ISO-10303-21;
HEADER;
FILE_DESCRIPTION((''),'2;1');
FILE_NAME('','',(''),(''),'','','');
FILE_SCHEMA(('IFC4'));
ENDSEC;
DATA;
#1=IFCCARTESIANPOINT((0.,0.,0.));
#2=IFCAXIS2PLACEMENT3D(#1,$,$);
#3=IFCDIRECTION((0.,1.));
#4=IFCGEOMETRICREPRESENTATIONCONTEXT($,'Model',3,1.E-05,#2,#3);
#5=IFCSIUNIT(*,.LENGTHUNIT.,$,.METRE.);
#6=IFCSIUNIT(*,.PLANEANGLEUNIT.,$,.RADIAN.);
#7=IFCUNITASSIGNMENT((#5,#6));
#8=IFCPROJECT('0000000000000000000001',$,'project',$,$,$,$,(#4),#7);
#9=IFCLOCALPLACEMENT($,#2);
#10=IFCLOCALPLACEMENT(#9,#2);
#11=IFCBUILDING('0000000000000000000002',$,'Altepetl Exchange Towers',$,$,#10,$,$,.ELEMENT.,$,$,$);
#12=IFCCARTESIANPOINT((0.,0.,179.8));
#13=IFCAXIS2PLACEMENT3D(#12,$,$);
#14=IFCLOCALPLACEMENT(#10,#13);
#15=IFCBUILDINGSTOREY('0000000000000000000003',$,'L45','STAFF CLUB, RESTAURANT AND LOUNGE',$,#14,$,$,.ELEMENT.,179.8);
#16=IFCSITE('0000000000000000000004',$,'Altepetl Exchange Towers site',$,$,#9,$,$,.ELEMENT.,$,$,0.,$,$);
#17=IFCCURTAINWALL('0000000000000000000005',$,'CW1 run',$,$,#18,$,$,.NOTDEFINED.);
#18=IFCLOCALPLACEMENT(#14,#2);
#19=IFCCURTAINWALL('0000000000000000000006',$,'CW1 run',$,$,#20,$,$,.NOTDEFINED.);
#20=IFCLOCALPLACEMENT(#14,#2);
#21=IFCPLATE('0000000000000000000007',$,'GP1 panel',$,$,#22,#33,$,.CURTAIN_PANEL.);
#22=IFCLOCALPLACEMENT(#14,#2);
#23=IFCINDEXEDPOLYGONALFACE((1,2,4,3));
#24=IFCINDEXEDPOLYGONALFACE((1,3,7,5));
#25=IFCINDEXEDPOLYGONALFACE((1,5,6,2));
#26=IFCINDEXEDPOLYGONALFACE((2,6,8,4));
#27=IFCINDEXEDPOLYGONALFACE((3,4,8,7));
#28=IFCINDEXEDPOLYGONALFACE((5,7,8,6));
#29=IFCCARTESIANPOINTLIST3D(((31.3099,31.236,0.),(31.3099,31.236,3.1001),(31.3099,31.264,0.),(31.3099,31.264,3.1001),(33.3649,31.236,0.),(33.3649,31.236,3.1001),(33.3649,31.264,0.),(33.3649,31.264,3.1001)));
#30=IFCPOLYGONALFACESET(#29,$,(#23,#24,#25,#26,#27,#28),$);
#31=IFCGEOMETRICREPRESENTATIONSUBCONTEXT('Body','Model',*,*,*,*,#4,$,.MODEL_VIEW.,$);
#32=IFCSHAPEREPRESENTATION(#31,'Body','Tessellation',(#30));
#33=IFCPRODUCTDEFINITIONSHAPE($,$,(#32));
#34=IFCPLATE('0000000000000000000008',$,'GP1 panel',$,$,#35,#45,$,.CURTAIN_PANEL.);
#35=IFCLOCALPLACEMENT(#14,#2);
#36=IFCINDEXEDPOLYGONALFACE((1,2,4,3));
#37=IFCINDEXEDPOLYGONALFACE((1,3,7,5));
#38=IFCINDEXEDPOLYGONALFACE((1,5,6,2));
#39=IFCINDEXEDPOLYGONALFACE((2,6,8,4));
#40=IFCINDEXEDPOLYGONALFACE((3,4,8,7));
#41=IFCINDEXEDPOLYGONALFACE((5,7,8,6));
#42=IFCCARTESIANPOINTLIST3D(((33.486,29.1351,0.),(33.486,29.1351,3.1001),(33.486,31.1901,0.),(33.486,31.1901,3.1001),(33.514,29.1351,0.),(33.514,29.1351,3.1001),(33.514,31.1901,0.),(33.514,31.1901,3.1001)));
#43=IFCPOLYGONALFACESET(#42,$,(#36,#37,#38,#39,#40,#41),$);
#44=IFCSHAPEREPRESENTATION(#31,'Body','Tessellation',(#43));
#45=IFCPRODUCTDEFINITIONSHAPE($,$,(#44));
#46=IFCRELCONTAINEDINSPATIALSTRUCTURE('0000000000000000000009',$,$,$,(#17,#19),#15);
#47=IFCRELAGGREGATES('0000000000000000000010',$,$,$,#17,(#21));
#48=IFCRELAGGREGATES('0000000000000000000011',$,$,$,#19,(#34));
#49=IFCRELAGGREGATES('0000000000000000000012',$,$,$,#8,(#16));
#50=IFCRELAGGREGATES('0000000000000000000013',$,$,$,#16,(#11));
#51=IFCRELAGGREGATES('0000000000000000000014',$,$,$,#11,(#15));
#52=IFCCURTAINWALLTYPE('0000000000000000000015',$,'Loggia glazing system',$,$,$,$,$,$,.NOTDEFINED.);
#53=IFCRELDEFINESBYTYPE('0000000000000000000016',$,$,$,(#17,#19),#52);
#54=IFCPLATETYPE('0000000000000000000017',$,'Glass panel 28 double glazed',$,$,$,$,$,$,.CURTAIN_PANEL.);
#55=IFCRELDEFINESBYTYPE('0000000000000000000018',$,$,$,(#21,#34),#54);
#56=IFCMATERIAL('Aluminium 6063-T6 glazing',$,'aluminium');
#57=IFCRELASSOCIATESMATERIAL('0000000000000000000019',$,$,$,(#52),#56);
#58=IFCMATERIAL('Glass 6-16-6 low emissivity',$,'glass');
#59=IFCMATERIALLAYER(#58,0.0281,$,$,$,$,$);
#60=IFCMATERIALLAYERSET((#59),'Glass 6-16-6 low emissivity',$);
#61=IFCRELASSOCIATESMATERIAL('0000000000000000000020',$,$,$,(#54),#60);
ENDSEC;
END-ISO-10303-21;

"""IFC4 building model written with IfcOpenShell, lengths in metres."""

from ifc_helpers import new_model, si_unit, direction, frame, origin, origin_2d, place, context, subcontext, project, spatial, rectangle, extrude, material, layer, layer_set, type_object, element, aggregate, save


model = new_model("IFC4")

# Units and contexts
model_context = context("Model", 3, precision=1e-05, world=origin(), true_north=direction((0.0, 1.0)))
body_context = subcontext(model_context, "Body", "Model", "MODEL_VIEW")
ifc_project = project(units=[si_unit("LENGTHUNIT", "METRE"), si_unit("PLANEANGLEUNIT", "RADIAN")], contexts=[model_context])

# Site, building, storey
site_placement = place(None, origin())
site = spatial("IfcSite", under=ifc_project, at=site_placement, Name="Altepetl Exchange Towers site", CompositionType="ELEMENT", RefElevation=0.0)
building_placement = place(site_placement, origin())
building = spatial("IfcBuilding", under=site, at=building_placement, Name="Altepetl Exchange Towers", CompositionType="ELEMENT")
storey_placement = place(building_placement, frame((0.0, 0.0, 179.8)))
storey = spatial("IfcBuildingStorey", under=building, at=storey_placement, Name="L45", Description="STAFF CLUB, RESTAURANT AND LOUNGE", CompositionType="ELEMENT", Elevation=179.8)

# Shared definitions
ifc_material_1 = material(Name="Aluminium 6063-T6 glazing", Category="aluminium")
curtain_wall_type = type_object("IfcCurtainWallType", Name="Loggia glazing system", PredefinedType="NOTDEFINED", material=ifc_material_1)

# Curtain walls
curtain_wall_1_placement = place(storey_placement, origin())
curtain_wall_1 = element("IfcCurtainWall", 1, at=curtain_wall_1_placement, inside=storey, type_object=curtain_wall_type, Name="CW1 run", PredefinedType="NOTDEFINED")
curtain_wall_2_placement = place(storey_placement, origin())
curtain_wall_2 = element("IfcCurtainWall", 2, at=curtain_wall_2_placement, inside=storey, type_object=curtain_wall_type, Name="CW1 run", PredefinedType="NOTDEFINED")

# Plates
ifc_material_2 = material(Name="Glass 6-16-6 low emissivity", Category="glass")
ifc_layer = layer(ifc_material_2, 0.0281)
ifc_layer_set = layer_set([ifc_layer], Name="Glass 6-16-6 low emissivity")
plate_type = type_object("IfcPlateType", Name="Glass panel 28 double glazed", PredefinedType="CURTAIN_PANEL", material=ifc_layer_set)
plate_1_placement = place(storey_placement, frame((32.3374, 31.25, 0.0)))
plate_1 = element("IfcPlate", 3, at=plate_1_placement, type_object=plate_type, Name="GP1 panel", PredefinedType="CURTAIN_PANEL", context=body_context, shape_type="SweptSolid", body=[
    extrude(rectangle(XDim=2.0549, YDim=0.0281, at=origin_2d()), origin(), (0.0, 0.0, 1.0), 3.1001),
])
aggregate(curtain_wall_1, [plate_1])
plate_2_placement = place(storey_placement, frame((33.5, 30.1626, 0.0), z_axis=(0.0, 0.0, 1.0), x_axis=(0.0, -1.0, 0.0)))
plate_2 = element("IfcPlate", 4, at=plate_2_placement, type_object=plate_type, Name="GP1 panel", PredefinedType="CURTAIN_PANEL", context=body_context, shape_type="SweptSolid", body=[
    extrude(rectangle(XDim=2.0549, YDim=0.0281, at=origin_2d()), origin(), (0.0, 0.0, 1.0), 3.1001),
])
aggregate(curtain_wall_2, [plate_2])

save(model, "model.ifc")
